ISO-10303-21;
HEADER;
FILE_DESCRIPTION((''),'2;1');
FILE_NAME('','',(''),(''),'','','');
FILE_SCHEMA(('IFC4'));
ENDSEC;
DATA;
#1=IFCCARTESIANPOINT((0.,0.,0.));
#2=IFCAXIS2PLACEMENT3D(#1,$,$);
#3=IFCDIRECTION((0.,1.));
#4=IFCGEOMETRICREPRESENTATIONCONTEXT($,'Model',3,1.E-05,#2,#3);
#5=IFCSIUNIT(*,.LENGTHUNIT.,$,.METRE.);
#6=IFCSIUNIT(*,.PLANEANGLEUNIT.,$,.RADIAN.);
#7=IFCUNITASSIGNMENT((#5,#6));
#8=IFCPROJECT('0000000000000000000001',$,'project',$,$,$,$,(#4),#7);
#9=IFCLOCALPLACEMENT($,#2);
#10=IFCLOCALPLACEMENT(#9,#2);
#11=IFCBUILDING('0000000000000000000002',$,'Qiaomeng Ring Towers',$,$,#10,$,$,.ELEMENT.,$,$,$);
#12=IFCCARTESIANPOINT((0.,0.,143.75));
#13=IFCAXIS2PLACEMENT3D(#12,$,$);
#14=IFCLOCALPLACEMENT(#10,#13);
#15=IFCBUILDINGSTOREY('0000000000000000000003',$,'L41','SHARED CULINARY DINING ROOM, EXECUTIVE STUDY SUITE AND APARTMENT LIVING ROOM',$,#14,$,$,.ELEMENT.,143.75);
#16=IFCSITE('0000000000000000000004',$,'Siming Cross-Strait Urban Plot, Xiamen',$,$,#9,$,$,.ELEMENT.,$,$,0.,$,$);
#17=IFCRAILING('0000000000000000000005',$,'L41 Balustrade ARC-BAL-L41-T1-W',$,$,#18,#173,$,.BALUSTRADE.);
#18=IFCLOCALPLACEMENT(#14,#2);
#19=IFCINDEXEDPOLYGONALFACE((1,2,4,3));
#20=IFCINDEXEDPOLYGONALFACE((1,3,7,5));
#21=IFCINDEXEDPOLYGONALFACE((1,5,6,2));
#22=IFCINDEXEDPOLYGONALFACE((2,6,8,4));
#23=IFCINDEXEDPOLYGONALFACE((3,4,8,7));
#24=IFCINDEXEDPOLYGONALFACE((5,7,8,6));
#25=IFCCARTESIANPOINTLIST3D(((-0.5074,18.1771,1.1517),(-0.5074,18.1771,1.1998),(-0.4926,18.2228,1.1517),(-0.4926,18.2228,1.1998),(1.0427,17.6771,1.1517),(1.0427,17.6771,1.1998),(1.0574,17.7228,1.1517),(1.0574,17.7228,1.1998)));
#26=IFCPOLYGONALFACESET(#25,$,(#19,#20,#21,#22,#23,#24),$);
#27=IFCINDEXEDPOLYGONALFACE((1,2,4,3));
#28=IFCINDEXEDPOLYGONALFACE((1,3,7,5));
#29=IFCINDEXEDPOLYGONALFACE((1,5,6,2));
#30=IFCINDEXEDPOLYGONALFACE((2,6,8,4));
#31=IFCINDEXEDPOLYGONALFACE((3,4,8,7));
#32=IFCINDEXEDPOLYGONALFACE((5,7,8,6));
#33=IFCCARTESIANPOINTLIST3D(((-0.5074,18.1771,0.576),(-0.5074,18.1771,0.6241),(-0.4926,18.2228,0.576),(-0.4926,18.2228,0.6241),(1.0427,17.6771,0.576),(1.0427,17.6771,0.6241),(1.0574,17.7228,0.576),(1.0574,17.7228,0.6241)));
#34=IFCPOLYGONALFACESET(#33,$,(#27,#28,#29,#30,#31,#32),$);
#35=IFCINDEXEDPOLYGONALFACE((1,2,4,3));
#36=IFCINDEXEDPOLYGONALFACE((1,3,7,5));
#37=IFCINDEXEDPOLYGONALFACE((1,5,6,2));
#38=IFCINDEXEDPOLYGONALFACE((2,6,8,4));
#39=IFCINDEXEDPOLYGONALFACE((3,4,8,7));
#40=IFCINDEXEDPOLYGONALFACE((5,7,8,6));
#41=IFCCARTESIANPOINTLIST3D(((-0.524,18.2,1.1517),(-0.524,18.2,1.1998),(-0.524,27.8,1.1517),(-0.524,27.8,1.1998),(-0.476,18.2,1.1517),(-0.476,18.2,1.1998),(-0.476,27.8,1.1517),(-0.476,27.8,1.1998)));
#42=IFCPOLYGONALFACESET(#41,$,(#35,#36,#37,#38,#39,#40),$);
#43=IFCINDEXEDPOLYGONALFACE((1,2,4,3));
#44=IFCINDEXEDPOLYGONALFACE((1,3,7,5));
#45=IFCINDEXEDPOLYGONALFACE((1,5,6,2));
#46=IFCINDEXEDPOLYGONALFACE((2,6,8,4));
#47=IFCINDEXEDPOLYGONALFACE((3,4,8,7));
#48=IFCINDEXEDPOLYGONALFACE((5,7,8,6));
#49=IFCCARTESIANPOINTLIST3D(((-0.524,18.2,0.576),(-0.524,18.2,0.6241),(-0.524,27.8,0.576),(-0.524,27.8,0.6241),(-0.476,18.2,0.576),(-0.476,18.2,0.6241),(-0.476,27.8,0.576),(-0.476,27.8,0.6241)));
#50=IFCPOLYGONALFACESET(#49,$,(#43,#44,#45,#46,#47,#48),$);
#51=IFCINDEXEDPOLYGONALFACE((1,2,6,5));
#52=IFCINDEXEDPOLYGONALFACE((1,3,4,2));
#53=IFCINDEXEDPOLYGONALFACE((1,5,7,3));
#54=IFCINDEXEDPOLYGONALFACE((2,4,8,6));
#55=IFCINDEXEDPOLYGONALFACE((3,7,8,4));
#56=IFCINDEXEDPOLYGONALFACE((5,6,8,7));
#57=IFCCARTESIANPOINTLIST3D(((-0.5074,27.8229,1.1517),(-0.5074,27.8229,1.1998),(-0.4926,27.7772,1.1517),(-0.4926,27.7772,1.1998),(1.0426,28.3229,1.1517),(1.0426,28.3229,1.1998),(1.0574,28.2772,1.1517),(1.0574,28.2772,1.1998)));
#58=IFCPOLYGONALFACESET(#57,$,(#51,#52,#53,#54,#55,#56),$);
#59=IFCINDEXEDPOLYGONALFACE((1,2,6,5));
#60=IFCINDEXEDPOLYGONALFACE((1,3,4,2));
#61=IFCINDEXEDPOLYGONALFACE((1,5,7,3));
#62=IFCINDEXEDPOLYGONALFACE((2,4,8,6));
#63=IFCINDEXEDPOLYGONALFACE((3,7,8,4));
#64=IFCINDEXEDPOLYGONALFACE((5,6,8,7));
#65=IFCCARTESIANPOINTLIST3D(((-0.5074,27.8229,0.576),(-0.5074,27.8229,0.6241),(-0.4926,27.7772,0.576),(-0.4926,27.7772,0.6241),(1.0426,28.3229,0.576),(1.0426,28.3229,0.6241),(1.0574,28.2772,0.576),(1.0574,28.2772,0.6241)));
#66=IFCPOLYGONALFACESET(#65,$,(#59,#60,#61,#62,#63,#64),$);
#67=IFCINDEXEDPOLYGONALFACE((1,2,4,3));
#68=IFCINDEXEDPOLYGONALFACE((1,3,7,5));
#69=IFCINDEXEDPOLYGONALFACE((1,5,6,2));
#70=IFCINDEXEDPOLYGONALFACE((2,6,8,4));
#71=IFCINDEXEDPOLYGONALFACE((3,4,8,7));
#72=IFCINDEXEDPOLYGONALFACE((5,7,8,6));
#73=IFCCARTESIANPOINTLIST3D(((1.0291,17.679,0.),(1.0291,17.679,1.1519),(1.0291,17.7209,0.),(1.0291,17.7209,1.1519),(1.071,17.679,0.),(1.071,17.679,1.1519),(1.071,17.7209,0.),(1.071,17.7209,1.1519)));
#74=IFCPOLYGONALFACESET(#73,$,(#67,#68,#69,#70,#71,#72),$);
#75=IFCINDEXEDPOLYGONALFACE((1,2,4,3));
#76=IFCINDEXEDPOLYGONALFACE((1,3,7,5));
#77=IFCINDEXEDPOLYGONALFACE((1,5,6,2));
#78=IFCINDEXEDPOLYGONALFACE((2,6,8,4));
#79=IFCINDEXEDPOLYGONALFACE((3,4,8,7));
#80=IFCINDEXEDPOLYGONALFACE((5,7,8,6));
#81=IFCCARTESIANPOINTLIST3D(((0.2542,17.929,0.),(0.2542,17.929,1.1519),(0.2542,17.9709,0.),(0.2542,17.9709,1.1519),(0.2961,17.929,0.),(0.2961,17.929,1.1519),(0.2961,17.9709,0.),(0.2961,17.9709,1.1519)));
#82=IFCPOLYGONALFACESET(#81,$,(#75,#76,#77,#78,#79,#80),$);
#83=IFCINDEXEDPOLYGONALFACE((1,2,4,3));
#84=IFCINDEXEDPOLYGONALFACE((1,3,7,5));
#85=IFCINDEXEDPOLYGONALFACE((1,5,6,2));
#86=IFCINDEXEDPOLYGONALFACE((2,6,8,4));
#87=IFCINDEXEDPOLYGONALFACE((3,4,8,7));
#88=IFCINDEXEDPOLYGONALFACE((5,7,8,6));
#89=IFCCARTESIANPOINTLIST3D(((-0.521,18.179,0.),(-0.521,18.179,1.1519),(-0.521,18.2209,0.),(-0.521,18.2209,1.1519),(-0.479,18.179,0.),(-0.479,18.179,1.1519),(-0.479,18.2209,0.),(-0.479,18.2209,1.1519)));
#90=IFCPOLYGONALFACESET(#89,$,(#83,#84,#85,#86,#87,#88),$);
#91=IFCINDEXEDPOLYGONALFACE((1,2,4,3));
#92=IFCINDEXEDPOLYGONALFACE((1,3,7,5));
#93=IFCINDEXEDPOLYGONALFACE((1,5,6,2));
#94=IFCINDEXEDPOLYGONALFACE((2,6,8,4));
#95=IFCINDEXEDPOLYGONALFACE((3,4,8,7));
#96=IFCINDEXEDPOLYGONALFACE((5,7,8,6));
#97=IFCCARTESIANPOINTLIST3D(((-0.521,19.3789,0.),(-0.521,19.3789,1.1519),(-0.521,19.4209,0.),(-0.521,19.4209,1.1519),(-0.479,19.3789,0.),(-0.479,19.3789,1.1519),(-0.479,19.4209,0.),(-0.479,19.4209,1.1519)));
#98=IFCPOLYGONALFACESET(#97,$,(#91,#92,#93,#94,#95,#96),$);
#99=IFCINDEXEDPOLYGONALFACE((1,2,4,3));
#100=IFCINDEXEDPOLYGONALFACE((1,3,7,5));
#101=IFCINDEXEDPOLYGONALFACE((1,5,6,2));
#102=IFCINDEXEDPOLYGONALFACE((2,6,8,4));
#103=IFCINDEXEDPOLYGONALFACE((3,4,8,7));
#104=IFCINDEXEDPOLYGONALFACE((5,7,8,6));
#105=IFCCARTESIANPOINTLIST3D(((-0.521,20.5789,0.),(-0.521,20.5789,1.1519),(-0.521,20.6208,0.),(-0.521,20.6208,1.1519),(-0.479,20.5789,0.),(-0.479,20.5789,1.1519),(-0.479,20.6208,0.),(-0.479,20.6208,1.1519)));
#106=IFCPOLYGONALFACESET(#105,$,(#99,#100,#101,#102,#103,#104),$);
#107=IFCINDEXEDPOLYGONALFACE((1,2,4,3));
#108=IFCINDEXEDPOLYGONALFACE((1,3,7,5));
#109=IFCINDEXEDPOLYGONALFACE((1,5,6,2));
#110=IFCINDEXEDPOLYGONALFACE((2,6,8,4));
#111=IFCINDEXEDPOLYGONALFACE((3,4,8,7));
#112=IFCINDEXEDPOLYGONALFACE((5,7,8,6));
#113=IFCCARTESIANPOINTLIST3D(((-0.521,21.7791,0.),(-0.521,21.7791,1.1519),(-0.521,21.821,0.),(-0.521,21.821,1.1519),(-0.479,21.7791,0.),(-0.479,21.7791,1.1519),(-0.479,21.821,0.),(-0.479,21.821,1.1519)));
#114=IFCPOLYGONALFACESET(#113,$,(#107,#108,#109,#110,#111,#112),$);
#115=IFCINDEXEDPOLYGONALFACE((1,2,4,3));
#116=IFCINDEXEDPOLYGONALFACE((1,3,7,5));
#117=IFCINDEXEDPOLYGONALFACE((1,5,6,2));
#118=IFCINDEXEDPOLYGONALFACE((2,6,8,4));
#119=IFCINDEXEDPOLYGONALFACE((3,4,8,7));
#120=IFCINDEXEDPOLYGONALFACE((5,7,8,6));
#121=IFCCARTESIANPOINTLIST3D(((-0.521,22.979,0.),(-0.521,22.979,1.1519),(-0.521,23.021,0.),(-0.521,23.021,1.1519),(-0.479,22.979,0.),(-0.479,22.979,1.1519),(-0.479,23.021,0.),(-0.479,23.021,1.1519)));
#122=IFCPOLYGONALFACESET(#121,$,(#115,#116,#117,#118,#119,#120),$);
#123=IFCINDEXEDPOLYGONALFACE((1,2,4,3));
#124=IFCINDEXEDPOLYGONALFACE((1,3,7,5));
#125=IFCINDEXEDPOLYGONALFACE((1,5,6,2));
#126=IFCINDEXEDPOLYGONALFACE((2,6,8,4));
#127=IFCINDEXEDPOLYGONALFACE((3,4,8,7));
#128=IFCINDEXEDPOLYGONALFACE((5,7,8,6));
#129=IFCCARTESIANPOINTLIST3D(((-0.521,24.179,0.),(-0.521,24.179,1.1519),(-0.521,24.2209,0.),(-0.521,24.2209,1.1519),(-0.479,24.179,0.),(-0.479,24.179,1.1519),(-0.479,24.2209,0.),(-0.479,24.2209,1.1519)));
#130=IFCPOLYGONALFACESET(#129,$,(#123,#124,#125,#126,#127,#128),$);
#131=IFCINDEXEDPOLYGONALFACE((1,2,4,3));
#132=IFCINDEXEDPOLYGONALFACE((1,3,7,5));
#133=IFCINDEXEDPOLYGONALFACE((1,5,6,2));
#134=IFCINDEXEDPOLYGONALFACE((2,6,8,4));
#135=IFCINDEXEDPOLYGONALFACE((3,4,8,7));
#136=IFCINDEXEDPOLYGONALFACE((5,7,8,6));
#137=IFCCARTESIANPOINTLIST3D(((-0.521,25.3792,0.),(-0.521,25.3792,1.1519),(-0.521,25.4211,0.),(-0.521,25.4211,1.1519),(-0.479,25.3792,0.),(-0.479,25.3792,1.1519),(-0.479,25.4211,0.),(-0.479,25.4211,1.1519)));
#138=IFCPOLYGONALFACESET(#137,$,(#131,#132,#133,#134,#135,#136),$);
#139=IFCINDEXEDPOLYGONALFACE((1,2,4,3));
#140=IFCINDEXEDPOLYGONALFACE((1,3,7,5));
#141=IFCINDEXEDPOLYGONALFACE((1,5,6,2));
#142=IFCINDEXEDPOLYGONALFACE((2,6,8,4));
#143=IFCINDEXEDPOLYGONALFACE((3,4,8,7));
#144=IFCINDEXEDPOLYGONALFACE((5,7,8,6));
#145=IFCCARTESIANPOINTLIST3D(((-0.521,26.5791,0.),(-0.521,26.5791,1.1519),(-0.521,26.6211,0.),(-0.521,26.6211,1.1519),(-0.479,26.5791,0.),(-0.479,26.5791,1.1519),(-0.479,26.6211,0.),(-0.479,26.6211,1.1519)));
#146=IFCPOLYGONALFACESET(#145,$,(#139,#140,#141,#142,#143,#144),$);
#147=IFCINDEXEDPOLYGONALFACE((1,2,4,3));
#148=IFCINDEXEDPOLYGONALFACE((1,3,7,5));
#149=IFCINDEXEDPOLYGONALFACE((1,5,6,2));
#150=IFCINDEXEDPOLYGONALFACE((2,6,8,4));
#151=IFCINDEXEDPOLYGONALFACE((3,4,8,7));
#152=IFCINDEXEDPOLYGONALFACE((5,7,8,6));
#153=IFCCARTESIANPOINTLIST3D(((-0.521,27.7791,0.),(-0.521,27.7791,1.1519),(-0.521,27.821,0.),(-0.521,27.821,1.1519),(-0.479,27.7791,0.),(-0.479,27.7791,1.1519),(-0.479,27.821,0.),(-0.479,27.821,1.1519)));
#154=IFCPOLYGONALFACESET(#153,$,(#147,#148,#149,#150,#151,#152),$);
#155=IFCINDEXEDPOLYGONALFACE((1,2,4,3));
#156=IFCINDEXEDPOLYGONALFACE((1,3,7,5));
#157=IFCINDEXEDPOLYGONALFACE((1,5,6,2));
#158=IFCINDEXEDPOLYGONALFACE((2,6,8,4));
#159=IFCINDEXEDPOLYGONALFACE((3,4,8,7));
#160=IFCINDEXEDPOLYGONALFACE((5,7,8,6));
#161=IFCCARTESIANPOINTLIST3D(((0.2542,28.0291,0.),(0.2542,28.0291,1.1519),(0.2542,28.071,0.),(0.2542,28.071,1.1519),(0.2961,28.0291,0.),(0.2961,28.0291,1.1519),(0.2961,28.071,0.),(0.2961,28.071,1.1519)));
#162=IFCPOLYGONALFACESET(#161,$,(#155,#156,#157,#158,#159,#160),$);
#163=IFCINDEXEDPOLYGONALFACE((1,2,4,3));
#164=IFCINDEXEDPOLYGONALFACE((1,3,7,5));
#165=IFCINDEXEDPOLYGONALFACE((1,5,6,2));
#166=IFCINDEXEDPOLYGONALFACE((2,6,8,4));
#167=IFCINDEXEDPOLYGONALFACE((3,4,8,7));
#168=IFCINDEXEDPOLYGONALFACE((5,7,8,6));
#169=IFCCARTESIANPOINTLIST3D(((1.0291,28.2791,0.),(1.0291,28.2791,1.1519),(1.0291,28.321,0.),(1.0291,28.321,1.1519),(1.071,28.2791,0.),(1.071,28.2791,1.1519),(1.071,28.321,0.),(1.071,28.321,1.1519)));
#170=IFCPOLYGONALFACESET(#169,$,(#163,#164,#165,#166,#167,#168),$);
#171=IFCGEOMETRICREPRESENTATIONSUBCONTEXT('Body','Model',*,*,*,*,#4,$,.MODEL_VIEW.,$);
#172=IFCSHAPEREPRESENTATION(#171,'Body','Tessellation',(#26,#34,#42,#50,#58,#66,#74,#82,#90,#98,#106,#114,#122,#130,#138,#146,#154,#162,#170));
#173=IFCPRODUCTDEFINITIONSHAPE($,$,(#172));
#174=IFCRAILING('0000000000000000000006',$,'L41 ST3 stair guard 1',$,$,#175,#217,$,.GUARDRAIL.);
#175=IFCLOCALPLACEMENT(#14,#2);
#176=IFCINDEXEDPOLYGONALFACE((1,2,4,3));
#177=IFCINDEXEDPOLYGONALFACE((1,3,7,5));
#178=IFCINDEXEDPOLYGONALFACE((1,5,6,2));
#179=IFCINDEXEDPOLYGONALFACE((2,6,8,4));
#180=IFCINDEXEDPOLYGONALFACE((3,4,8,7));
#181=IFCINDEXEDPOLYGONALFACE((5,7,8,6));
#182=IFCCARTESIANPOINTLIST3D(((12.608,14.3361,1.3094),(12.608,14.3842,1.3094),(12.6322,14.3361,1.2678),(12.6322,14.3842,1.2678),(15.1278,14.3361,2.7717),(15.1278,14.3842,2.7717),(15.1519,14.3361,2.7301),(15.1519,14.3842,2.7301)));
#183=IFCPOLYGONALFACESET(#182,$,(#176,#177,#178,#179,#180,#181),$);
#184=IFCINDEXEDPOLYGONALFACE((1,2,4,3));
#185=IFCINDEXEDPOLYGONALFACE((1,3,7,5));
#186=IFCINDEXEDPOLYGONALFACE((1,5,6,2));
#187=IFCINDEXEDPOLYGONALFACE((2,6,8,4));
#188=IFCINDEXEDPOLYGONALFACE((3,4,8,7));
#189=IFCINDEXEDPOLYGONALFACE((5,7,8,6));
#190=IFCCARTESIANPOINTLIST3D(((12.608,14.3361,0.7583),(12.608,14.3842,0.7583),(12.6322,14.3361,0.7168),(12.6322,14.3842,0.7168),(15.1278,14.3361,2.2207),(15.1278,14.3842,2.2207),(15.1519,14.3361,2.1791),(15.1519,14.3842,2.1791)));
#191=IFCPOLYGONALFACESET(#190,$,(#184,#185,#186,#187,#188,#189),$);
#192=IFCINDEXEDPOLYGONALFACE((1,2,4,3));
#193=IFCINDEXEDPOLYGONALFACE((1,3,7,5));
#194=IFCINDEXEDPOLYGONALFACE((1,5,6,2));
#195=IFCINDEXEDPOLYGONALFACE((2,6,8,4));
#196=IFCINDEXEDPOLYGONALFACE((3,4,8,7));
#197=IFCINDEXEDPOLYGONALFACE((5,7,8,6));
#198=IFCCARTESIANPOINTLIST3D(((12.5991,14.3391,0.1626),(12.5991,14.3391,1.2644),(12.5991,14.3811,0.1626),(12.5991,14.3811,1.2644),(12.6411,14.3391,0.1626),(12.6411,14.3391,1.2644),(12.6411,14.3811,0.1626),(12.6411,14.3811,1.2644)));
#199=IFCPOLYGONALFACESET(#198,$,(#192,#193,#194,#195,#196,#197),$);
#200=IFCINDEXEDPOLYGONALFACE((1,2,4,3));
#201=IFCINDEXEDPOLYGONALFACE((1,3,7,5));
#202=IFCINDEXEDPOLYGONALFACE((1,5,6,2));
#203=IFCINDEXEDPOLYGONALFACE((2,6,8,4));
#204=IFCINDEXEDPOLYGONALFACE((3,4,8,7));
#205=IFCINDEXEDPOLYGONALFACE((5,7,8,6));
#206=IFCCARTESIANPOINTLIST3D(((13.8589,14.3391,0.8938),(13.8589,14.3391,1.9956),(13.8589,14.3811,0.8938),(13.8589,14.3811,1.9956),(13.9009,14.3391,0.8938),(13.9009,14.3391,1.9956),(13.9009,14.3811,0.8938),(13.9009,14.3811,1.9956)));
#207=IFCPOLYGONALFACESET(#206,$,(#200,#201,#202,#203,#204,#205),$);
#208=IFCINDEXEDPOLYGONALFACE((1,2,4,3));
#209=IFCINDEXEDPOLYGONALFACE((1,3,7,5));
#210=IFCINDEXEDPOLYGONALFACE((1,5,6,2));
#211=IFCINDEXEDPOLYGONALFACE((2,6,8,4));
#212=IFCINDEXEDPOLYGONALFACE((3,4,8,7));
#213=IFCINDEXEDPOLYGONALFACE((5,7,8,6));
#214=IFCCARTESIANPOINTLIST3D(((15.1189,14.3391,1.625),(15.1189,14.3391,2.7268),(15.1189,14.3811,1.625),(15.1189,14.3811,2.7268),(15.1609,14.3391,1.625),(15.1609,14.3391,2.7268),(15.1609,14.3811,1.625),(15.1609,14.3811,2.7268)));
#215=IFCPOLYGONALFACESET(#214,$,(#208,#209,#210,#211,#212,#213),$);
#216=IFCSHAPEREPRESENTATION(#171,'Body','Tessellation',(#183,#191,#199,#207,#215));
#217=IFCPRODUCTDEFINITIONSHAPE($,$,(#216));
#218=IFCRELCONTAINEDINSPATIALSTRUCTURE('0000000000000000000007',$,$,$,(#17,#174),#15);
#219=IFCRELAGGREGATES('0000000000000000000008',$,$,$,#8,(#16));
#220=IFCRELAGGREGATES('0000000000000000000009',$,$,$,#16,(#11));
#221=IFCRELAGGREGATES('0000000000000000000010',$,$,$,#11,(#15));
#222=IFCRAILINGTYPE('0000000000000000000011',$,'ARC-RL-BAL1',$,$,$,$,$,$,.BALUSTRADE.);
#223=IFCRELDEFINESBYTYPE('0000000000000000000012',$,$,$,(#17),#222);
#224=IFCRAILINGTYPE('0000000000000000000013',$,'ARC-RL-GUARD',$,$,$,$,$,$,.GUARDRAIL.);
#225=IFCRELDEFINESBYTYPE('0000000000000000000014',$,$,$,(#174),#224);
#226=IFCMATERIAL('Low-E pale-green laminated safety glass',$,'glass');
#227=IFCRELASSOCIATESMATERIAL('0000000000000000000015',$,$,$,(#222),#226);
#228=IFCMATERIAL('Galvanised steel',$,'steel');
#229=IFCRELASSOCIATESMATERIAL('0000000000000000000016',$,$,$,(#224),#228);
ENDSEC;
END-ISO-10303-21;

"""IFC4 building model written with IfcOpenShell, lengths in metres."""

from ifc_helpers import new_model, si_unit, direction, frame, origin, origin_2d, place, context, subcontext, project, spatial, rectangle, extrude, material, type_object, element, save


model = new_model("IFC4")

# Units and contexts
model_context = context("Model", 3, precision=1e-05, world=origin(), true_north=direction((0.0, 1.0)))
body_context = subcontext(model_context, "Body", "Model", "MODEL_VIEW")
ifc_project = project(units=[si_unit("LENGTHUNIT", "METRE"), si_unit("PLANEANGLEUNIT", "RADIAN")], contexts=[model_context])

# Site, building, storey
site_placement = place(None, origin())
site = spatial("IfcSite", under=ifc_project, at=site_placement, Name="Siming Cross-Strait Urban Plot, Xiamen", CompositionType="ELEMENT", RefElevation=0.0)
building_placement = place(site_placement, origin())
building = spatial("IfcBuilding", under=site, at=building_placement, Name="Qiaomeng Ring Towers", CompositionType="ELEMENT")
storey_placement = place(building_placement, frame((0.0, 0.0, 143.75)))
storey = spatial("IfcBuildingStorey", under=building, at=storey_placement, Name="L41", Description="SHARED CULINARY DINING ROOM, EXECUTIVE STUDY SUITE AND APARTMENT LIVING ROOM", CompositionType="ELEMENT", Elevation=143.75)

# Shared definitions
ifc_material_1 = material(Name="Galvanised steel", Category="steel")

# Railings
ifc_material_2 = material(Name="Low-E pale-green laminated safety glass", Category="glass")
railing_type_1 = type_object("IfcRailingType", Name="ARC-RL-BAL1", PredefinedType="BALUSTRADE", material=ifc_material_2)
railing_1_placement = place(storey_placement, frame((1.05, 17.7, 0.0)))
element("IfcRailing", 1, at=railing_1_placement, inside=storey, type_object=railing_type_1, Name="L41 Balustrade ARC-BAL-L41-T1-W", PredefinedType="BALUSTRADE", context=body_context, shape_type="SweptSolid", body=[
    extrude(rectangle(XDim=0.0481, YDim=0.0481, at=origin_2d()), frame((0.0, 0.0, 1.1758), z_axis=(-0.951711, 0.306994, 0.0), x_axis=(-0.306994, -0.951711, 0.0)), (0.0, 0.0, 1.0), 1.6287),
    extrude(rectangle(XDim=0.0481, YDim=0.0481, at=origin_2d()), frame((0.0, 0.0, 0.6001), z_axis=(-0.951711, 0.306994, 0.0), x_axis=(-0.306994, -0.951711, 0.0)), (0.0, 0.0, 1.0), 1.6287),
    extrude(rectangle(XDim=0.0481, YDim=0.0481, at=origin_2d()), frame((-1.55, 0.5, 1.1758), z_axis=(0.0, 1.0, 0.0), x_axis=(-1.0, 0.0, 0.0)), (0.0, 0.0, 1.0), 9.6001),
    extrude(rectangle(XDim=0.0481, YDim=0.0481, at=origin_2d()), frame((-1.55, 0.5, 0.6001), z_axis=(0.0, 1.0, 0.0), x_axis=(-1.0, 0.0, 0.0)), (0.0, 0.0, 1.0), 9.6001),
    extrude(rectangle(XDim=0.0481, YDim=0.0481, at=origin_2d()), frame((-1.55, 10.1001, 1.1758), z_axis=(0.951711, 0.306994, 0.0), x_axis=(-0.306994, 0.951711, 0.0)), (0.0, 0.0, 1.0), 1.6287),
    extrude(rectangle(XDim=0.0481, YDim=0.0481, at=origin_2d()), frame((-1.55, 10.1001, 0.6001), z_axis=(0.951711, 0.306994, 0.0), x_axis=(-0.306994, 0.951711, 0.0)), (0.0, 0.0, 1.0), 1.6287),
    extrude(rectangle(XDim=0.042, YDim=0.042, at=origin_2d()), origin(), (0.0, 0.0, 1.0), 1.1519),
    extrude(rectangle(XDim=0.042, YDim=0.042, at=origin_2d()), frame((-0.7749, 0.25, 0.0)), (0.0, 0.0, 1.0), 1.1519),
    extrude(rectangle(XDim=0.042, YDim=0.042, at=origin_2d()), frame((-1.55, 0.5, 0.0)), (0.0, 0.0, 1.0), 1.1519),
    extrude(rectangle(XDim=0.042, YDim=0.042, at=origin_2d()), frame((-1.55, 1.7, 0.0)), (0.0, 0.0, 1.0), 1.1519),
    extrude(rectangle(XDim=0.042, YDim=0.042, at=origin_2d()), frame((-1.55, 2.8999, 0.0)), (0.0, 0.0, 1.0), 1.1519),
    extrude(rectangle(XDim=0.042, YDim=0.042, at=origin_2d()), frame((-1.55, 4.1001, 0.0)), (0.0, 0.0, 1.0), 1.1519),
    extrude(rectangle(XDim=0.042, YDim=0.042, at=origin_2d()), frame((-1.55, 5.3, 0.0)), (0.0, 0.0, 1.0), 1.1519),
    extrude(rectangle(XDim=0.042, YDim=0.042, at=origin_2d()), frame((-1.55, 6.5, 0.0)), (0.0, 0.0, 1.0), 1.1519),
    extrude(rectangle(XDim=0.042, YDim=0.042, at=origin_2d()), frame((-1.55, 7.7002, 0.0)), (0.0, 0.0, 1.0), 1.1519),
    extrude(rectangle(XDim=0.042, YDim=0.042, at=origin_2d()), frame((-1.55, 8.9001, 0.0)), (0.0, 0.0, 1.0), 1.1519),
    extrude(rectangle(XDim=0.042, YDim=0.042, at=origin_2d()), frame((-1.55, 10.1001, 0.0)), (0.0, 0.0, 1.0), 1.1519),
    extrude(rectangle(XDim=0.042, YDim=0.042, at=origin_2d()), frame((-0.7749, 10.3501, 0.0)), (0.0, 0.0, 1.0), 1.1519),
    extrude(rectangle(XDim=0.042, YDim=0.042, at=origin_2d()), frame((0.0, 10.6001, 0.0)), (0.0, 0.0, 1.0), 1.1519),
])
railing_type_2 = type_object("IfcRailingType", Name="ARC-RL-GUARD", PredefinedType="GUARDRAIL", material=ifc_material_1)
railing_2_placement = place(storey_placement, frame((12.6201, 14.3601, 0.1626)))
element("IfcRailing", 2, at=railing_2_placement, inside=storey, type_object=railing_type_2, Name="L41 ST3 stair guard 1", PredefinedType="GUARDRAIL", context=body_context, shape_type="SweptSolid", body=[
    extrude(rectangle(XDim=0.0481, YDim=0.0481, at=origin_2d()), frame((0.0, 0.0, 1.126), z_axis=(0.864892, 0.0, 0.501958), x_axis=(0.0, 1.0, 0.0)), (0.0, 0.0, 1.0), 2.9133),
    extrude(rectangle(XDim=0.0481, YDim=0.0481, at=origin_2d()), frame((0.0, 0.0, 0.575), z_axis=(0.864892, 0.0, 0.501958), x_axis=(0.0, 1.0, 0.0)), (0.0, 0.0, 1.0), 2.9133),
    extrude(rectangle(XDim=0.042, YDim=0.042, at=origin_2d()), origin(), (0.0, 0.0, 1.0), 1.1018),
    extrude(rectangle(XDim=0.042, YDim=0.042, at=origin_2d()), frame((1.2598, 0.0, 0.7312)), (0.0, 0.0, 1.0), 1.1018),
    extrude(rectangle(XDim=0.042, YDim=0.042, at=origin_2d()), frame((2.5198, 0.0, 1.4624)), (0.0, 0.0, 1.0), 1.1018),
])

save(model, "model.ifc")
